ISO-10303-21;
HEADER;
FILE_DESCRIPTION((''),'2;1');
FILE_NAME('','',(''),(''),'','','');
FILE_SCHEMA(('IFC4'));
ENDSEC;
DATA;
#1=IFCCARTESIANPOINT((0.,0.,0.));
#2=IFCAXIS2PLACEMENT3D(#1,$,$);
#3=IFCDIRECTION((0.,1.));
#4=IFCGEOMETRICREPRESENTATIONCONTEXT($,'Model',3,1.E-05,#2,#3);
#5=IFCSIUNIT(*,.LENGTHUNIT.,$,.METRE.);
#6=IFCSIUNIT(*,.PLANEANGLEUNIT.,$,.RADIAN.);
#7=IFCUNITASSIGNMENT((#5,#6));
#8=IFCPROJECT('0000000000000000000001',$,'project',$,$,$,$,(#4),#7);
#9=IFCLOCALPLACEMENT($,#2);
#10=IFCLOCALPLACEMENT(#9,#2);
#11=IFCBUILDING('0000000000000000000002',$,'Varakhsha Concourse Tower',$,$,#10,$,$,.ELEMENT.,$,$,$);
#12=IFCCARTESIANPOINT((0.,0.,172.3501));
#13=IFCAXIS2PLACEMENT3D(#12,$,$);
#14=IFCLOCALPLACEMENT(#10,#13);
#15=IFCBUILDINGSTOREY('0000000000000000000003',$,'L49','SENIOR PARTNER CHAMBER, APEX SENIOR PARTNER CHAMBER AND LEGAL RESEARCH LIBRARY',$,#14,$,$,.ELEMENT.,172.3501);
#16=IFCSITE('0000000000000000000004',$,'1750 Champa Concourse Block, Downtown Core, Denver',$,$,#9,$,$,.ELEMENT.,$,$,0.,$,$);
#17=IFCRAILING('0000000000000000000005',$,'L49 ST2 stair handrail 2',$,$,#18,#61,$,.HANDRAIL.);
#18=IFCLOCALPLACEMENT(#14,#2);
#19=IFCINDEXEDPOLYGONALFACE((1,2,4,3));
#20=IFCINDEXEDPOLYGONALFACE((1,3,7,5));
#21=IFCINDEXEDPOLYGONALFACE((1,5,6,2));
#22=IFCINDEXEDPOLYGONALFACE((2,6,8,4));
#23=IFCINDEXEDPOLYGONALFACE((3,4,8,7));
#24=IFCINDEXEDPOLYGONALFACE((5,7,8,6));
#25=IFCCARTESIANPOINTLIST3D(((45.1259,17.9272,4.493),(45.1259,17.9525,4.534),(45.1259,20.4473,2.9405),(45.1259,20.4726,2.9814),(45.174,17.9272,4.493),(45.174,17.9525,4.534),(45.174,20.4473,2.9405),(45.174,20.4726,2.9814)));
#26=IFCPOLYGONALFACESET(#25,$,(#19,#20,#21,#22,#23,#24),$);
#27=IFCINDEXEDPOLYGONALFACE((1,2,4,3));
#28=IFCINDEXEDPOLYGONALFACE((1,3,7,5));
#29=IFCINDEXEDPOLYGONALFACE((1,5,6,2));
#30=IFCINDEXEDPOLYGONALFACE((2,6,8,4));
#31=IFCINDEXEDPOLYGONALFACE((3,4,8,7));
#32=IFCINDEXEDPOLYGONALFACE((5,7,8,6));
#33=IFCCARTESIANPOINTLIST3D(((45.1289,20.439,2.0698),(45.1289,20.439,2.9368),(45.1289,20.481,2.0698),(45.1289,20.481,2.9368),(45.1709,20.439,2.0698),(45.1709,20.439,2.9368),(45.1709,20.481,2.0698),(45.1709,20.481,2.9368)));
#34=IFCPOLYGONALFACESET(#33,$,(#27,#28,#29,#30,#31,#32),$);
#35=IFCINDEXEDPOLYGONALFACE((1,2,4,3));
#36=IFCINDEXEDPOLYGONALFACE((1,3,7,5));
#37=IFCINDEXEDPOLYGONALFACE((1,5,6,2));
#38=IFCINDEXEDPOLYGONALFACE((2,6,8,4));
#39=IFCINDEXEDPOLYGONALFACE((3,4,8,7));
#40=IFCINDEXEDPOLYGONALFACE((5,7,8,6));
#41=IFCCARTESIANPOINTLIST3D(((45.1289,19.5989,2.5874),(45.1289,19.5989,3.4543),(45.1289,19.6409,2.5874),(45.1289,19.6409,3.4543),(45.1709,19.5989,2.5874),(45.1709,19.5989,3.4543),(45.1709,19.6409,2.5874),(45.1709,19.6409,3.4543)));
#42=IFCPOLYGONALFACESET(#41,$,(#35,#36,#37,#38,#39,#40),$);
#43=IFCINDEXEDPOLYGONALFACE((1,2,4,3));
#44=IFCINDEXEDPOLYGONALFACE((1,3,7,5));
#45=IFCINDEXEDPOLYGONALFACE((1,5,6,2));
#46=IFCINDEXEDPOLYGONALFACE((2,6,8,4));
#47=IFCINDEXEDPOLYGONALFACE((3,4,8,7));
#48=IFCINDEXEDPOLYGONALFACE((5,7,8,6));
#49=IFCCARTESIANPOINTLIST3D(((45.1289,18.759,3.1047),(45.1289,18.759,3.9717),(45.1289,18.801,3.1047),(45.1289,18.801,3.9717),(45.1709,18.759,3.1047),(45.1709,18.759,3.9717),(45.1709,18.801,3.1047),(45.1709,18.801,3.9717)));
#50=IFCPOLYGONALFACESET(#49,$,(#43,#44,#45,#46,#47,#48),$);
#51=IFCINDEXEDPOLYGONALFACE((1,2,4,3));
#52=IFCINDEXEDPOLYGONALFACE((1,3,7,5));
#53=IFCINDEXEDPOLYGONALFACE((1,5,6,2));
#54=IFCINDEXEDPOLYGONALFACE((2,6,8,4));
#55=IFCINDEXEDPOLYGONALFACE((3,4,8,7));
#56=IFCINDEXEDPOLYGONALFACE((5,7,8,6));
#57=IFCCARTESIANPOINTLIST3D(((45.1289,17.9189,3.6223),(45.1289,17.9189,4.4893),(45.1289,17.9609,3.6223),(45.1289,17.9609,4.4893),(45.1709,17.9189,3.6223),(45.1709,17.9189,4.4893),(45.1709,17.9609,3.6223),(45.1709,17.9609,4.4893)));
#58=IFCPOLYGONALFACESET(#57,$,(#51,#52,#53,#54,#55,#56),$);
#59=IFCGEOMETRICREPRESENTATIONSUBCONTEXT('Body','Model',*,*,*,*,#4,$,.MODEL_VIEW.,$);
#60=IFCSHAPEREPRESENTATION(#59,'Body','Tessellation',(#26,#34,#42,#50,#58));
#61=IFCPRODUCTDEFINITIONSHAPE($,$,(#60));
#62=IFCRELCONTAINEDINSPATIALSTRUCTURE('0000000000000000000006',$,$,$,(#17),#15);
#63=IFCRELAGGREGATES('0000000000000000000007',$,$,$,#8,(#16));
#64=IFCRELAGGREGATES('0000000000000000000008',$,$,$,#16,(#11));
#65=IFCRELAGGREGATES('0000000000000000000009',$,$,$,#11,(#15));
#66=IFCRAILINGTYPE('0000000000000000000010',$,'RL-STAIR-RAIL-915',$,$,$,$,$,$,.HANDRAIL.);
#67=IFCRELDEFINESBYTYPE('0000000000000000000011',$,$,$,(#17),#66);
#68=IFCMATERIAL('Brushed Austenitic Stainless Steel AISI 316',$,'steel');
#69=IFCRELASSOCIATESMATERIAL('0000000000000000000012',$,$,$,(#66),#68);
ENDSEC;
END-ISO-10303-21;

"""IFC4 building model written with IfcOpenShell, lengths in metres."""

from ifc_helpers import new_model, si_unit, direction, frame, origin, origin_2d, place, context, subcontext, project, spatial, rectangle, extrude, material, type_object, element, save


model = new_model("IFC4")

# Units and contexts
model_context = context("Model", 3, precision=1e-05, world=origin(), true_north=direction((0.0, 1.0)))
body_context = subcontext(model_context, "Body", "Model", "MODEL_VIEW")
ifc_project = project(units=[si_unit("LENGTHUNIT", "METRE"), si_unit("PLANEANGLEUNIT", "RADIAN")], contexts=[model_context])

# Site, building, storey
site_placement = place(None, origin())
site = spatial("IfcSite", under=ifc_project, at=site_placement, Name="1750 Champa Concourse Block, Downtown Core, Denver", CompositionType="ELEMENT", RefElevation=0.0)
building_placement = place(site_placement, origin())
building = spatial("IfcBuilding", under=site, at=building_placement, Name="Varakhsha Concourse Tower", CompositionType="ELEMENT")
storey_placement = place(building_placement, frame((0.0, 0.0, 172.3501)))
storey = spatial("IfcBuildingStorey", under=building, at=storey_placement, Name="L49", Description="SENIOR PARTNER CHAMBER, APEX SENIOR PARTNER CHAMBER AND LEGAL RESEARCH LIBRARY", CompositionType="ELEMENT", Elevation=172.3501)

# Railing
ifc_material_1 = material(Name="Brushed Austenitic Stainless Steel AISI 316", Category="steel")
railing_type_1 = type_object("IfcRailingType", Name="RL-STAIR-RAIL-915", PredefinedType="HANDRAIL", material=ifc_material_1)
railing_1_placement = place(storey_placement, frame((45.1499, 20.46, 2.0698)))
element("IfcRailing", 1, at=railing_1_placement, inside=storey, type_object=railing_type_1, Name="L49 ST2 stair handrail 2", PredefinedType="HANDRAIL", context=body_context, shape_type="SweptSolid", body=[
    extrude(rectangle(XDim=0.0481, YDim=0.0481, at=origin_2d()), frame((0.0, 0.0, 0.8911), z_axis=(0.0, -0.8514, 0.524516), x_axis=(1.0, 0.0, 0.0)), (0.0, 0.0, 1.0), 2.96),
    extrude(rectangle(XDim=0.042, YDim=0.042, at=origin_2d()), origin(), (0.0, 0.0, 1.0), 0.8669),
    extrude(rectangle(XDim=0.042, YDim=0.042, at=origin_2d()), frame((0.0, -0.8401, 0.5176)), (0.0, 0.0, 1.0), 0.8669),
    extrude(rectangle(XDim=0.042, YDim=0.042, at=origin_2d()), frame((0.0, -1.6799, 1.0349)), (0.0, 0.0, 1.0), 0.8669),
    extrude(rectangle(XDim=0.042, YDim=0.042, at=origin_2d()), frame((0.0, -2.52, 1.5525)), (0.0, 0.0, 1.0), 0.8669),
])

save(model, "model.ifc")
